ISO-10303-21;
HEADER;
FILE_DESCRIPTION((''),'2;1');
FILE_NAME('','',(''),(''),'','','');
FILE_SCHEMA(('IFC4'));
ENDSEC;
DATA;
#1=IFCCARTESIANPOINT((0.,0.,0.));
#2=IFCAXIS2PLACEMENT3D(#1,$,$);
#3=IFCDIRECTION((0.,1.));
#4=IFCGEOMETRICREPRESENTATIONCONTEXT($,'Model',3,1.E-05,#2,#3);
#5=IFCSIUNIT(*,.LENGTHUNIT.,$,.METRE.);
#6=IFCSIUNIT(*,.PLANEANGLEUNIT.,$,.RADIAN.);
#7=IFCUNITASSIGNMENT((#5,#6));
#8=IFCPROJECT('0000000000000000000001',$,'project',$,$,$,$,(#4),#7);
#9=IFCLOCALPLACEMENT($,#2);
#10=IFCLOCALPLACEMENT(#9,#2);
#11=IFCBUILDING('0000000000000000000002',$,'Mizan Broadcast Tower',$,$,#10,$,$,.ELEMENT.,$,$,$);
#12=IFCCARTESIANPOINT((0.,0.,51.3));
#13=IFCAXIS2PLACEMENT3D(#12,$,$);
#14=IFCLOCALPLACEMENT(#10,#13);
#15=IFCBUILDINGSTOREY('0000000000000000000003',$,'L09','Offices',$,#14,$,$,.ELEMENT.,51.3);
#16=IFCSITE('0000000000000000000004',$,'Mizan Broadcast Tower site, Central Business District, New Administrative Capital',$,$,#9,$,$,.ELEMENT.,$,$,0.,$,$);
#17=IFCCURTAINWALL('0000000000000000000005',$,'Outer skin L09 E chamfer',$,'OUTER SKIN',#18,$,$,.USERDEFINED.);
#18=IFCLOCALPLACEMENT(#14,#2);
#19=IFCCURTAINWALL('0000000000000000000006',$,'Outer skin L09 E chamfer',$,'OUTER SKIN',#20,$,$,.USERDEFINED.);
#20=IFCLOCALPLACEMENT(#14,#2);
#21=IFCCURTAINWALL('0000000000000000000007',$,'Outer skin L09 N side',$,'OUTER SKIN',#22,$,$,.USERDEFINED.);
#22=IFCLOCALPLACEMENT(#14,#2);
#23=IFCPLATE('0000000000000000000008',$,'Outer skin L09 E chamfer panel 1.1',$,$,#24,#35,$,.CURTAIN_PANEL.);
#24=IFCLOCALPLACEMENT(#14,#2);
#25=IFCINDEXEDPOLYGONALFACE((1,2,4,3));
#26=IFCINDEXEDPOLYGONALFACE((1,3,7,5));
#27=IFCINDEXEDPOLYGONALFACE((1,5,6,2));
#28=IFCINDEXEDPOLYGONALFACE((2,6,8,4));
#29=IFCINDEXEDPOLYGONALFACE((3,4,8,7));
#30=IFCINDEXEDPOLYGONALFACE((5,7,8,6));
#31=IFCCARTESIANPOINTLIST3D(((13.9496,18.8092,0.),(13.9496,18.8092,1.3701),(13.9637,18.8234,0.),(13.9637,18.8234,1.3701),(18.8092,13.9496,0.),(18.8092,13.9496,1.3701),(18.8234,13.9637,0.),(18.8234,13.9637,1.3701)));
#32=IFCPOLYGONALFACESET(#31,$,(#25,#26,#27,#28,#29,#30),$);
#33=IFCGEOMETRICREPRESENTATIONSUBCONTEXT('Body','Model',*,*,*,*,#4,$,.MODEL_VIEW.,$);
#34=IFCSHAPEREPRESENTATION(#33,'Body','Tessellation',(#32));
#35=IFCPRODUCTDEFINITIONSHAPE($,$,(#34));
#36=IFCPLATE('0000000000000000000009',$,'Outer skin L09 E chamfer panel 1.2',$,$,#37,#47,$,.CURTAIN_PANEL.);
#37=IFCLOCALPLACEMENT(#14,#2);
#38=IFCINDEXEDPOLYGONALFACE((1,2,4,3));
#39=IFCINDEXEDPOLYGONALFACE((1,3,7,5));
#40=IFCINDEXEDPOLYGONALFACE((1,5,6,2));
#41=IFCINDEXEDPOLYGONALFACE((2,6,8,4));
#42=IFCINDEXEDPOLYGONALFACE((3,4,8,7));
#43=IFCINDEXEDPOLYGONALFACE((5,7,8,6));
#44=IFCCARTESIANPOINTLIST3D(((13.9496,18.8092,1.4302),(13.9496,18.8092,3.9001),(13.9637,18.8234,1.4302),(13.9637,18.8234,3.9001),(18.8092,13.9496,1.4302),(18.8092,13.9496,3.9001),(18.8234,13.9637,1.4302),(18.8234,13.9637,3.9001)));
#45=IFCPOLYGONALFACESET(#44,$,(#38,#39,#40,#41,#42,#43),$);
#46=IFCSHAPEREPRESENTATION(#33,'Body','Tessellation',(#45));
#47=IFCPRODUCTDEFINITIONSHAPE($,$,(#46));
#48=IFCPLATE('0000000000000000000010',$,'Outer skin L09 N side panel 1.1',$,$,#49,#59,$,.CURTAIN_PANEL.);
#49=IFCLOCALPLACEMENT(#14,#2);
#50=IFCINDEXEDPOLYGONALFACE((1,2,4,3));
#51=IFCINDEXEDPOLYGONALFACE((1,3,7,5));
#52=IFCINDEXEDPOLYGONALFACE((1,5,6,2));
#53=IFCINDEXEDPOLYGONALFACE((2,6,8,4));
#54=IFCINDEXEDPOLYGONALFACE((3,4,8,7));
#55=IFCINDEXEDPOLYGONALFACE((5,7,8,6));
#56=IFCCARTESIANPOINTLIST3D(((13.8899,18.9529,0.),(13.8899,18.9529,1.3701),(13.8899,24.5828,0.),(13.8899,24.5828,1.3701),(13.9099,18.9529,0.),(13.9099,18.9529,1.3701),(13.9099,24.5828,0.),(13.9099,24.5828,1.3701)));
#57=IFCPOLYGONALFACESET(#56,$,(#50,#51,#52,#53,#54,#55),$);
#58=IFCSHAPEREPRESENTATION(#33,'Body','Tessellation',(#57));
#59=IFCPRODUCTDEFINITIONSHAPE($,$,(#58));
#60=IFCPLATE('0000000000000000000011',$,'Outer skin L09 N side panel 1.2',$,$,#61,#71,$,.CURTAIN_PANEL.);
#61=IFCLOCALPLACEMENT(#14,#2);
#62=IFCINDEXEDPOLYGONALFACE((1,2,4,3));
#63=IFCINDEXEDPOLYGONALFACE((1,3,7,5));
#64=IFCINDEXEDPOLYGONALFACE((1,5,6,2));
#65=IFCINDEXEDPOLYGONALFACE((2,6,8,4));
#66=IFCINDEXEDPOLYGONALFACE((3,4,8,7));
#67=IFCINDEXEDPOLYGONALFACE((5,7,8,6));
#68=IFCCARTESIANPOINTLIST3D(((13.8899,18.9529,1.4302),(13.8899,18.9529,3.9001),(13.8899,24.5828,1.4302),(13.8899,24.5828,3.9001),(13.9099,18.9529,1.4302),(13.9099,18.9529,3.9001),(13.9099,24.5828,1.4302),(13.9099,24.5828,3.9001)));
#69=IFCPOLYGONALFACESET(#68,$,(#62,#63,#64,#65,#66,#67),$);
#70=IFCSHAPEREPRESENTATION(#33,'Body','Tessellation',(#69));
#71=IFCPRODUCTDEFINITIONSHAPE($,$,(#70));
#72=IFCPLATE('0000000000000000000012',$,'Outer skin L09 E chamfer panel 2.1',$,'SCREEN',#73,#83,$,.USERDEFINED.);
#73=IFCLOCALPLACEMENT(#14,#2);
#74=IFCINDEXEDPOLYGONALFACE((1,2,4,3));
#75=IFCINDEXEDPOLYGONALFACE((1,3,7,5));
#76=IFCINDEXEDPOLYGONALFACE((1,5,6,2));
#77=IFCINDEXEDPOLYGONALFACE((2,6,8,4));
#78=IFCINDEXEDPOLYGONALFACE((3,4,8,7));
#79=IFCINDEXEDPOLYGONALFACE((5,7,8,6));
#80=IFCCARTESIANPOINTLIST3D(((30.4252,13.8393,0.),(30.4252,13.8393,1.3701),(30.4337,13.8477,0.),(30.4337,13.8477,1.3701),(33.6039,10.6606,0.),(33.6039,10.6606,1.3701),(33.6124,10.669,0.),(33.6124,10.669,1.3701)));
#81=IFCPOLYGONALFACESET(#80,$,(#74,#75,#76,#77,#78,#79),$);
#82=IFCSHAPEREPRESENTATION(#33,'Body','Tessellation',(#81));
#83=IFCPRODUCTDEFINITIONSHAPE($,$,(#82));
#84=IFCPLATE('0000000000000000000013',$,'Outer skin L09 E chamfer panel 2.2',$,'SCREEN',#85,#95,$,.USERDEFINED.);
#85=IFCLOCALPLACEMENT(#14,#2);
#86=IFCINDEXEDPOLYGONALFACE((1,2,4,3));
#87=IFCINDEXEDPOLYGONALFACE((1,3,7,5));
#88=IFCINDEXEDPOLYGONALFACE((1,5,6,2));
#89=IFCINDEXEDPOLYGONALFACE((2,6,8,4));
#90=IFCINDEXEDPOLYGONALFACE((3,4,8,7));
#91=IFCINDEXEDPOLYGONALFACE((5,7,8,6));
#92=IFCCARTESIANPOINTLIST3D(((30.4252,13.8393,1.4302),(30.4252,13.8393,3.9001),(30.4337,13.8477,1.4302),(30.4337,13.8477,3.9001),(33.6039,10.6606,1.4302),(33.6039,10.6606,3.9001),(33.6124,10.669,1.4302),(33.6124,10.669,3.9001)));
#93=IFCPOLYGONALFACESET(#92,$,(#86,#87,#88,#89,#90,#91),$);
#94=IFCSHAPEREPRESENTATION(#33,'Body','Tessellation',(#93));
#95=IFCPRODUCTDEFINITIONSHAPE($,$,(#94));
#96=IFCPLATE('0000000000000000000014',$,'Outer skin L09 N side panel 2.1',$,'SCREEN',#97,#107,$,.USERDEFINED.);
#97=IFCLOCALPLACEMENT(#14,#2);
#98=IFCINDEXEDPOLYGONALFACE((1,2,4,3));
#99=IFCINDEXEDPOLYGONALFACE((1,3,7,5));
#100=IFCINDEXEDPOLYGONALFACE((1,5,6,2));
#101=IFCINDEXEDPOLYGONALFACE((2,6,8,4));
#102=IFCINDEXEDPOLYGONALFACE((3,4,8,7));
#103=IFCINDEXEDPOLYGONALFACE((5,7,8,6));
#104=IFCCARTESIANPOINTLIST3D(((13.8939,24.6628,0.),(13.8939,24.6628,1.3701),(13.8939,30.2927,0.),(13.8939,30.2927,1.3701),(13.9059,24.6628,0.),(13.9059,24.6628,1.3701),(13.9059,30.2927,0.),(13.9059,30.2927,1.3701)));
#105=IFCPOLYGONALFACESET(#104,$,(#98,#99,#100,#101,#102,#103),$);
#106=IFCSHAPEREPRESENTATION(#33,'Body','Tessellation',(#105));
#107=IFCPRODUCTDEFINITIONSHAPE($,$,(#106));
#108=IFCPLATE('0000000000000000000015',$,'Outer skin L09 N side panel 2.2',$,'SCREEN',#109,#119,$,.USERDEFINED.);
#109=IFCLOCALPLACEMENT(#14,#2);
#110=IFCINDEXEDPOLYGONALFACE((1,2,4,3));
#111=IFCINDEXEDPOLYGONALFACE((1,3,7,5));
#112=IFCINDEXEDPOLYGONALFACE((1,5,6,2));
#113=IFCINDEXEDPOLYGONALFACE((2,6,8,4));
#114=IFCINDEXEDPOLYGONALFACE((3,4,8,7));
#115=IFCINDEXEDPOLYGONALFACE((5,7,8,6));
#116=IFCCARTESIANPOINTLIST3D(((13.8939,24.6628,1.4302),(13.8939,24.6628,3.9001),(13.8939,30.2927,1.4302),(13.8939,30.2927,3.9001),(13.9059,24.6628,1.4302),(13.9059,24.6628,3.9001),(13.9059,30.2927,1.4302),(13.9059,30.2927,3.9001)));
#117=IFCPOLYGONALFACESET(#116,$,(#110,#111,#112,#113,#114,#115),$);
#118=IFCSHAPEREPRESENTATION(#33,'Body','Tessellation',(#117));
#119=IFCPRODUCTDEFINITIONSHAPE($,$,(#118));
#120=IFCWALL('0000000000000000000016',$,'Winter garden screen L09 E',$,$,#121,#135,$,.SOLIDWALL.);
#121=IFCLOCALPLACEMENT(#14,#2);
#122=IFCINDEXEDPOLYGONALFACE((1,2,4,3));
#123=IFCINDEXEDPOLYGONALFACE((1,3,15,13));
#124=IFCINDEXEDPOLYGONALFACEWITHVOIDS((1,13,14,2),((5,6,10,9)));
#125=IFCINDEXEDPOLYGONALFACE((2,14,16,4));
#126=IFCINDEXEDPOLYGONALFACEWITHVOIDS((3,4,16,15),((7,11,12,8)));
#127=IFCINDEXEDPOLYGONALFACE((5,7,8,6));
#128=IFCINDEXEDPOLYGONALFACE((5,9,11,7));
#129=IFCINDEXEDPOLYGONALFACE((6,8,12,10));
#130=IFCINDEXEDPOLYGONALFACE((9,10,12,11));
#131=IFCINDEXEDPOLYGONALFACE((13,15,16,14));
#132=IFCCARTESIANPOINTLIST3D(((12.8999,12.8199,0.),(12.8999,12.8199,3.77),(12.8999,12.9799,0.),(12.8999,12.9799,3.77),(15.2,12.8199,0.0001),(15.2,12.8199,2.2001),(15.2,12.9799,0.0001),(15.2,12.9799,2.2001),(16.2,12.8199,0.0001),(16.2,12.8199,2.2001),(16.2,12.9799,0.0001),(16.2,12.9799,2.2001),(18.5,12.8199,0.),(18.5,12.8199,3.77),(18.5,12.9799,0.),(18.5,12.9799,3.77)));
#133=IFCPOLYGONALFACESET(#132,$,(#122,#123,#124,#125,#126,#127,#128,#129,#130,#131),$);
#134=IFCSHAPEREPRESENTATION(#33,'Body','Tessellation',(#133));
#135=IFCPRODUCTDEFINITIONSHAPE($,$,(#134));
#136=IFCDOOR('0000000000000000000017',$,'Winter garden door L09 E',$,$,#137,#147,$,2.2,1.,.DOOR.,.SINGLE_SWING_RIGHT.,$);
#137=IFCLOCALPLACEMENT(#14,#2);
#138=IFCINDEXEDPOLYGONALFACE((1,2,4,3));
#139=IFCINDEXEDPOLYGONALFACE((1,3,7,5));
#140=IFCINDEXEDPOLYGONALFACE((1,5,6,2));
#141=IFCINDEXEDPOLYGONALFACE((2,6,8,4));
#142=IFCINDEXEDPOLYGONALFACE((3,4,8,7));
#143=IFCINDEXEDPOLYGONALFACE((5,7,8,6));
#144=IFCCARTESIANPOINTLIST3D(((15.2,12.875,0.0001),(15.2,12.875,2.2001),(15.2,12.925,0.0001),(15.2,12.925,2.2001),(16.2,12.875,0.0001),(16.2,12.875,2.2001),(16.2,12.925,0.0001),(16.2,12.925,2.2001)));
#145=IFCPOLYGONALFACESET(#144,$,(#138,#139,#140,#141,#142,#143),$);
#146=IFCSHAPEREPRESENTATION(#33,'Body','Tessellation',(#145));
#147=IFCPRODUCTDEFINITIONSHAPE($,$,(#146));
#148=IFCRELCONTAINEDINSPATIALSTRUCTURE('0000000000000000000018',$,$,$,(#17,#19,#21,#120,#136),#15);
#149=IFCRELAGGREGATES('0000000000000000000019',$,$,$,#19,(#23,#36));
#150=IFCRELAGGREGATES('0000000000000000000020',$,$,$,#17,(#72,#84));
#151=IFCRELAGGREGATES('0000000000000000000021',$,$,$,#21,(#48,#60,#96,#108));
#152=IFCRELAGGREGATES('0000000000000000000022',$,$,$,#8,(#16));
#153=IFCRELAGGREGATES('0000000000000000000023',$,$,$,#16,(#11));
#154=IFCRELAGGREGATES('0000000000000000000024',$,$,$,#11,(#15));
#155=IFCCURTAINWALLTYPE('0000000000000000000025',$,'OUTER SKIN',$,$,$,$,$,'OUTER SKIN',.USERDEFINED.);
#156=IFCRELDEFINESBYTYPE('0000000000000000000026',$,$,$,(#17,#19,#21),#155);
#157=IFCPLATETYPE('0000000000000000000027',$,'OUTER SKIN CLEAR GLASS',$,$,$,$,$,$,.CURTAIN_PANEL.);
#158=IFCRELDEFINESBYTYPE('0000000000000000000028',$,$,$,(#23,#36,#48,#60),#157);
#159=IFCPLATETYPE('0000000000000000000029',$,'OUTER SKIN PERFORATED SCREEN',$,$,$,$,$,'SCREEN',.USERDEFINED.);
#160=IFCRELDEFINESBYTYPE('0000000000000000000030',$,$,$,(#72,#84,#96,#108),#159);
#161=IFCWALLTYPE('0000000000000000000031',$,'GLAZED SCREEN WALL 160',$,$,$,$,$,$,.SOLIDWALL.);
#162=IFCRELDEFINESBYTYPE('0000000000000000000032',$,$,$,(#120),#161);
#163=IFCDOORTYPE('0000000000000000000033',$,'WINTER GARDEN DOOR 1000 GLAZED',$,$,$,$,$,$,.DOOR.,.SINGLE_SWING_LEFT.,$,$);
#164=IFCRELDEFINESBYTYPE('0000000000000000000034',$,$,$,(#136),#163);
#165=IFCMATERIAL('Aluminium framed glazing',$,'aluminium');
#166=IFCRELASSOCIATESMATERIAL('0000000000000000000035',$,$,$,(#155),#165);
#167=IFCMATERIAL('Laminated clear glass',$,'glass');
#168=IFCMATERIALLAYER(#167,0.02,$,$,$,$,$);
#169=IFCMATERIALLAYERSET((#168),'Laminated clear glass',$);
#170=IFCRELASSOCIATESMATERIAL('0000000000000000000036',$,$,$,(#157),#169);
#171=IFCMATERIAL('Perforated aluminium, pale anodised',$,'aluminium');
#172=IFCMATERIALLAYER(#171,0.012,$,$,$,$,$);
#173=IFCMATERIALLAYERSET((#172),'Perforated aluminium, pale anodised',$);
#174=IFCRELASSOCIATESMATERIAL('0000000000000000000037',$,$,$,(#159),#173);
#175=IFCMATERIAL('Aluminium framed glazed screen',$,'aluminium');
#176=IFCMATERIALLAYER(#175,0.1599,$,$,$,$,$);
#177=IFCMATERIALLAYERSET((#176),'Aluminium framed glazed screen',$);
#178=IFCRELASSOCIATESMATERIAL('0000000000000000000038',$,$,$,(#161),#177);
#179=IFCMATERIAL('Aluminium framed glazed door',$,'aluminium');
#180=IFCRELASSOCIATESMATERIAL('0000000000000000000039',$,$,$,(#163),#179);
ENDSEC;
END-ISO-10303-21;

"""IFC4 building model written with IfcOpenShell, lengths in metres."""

from ifc_helpers import new_model, si_unit, direction, frame, frame_2d, origin, origin_2d, place, context, subcontext, project, spatial, rectangle, extrude, material, layer, layer_set, type_object, element, fill, aggregate, save


model = new_model("IFC4")

# Units and contexts
model_context = context("Model", 3, precision=1e-05, world=origin(), true_north=direction((0.0, 1.0)))
body_context = subcontext(model_context, "Body", "Model", "MODEL_VIEW")
ifc_project = project(units=[si_unit("LENGTHUNIT", "METRE"), si_unit("PLANEANGLEUNIT", "RADIAN")], contexts=[model_context])

# Site, building, storey
site_placement = place(None, origin())
site = spatial("IfcSite", under=ifc_project, at=site_placement, Name="Mizan Broadcast Tower site, Central Business District, New Administrative Capital", CompositionType="ELEMENT", RefElevation=0.0)
building_placement = place(site_placement, origin())
building = spatial("IfcBuilding", under=site, at=building_placement, Name="Mizan Broadcast Tower", CompositionType="ELEMENT")
storey_placement = place(building_placement, frame((0.0, 0.0, 51.3)))
storey = spatial("IfcBuildingStorey", under=building, at=storey_placement, Name="L09", Description="Offices", CompositionType="ELEMENT", Elevation=51.3)

# Curtain wall
ifc_material_1 = material(Name="Aluminium framed glazing", Category="aluminium")
curtain_wall_type_1 = type_object("IfcCurtainWallType", Name="OUTER SKIN", ElementType="OUTER SKIN", PredefinedType="USERDEFINED", material=ifc_material_1)
curtain_wall_1_placement = place(storey_placement, origin())
curtain_wall_1 = element("IfcCurtainWall", 1, at=curtain_wall_1_placement, inside=storey, type_object=curtain_wall_type_1, Name="Outer skin L09 E chamfer", ObjectType="OUTER SKIN", PredefinedType="USERDEFINED")

# Curtain wall
curtain_wall_2_placement = place(storey_placement, origin())
curtain_wall_2 = element("IfcCurtainWall", 2, at=curtain_wall_2_placement, inside=storey, type_object=curtain_wall_type_1, Name="Outer skin L09 E chamfer", ObjectType="OUTER SKIN", PredefinedType="USERDEFINED")

# Curtain wall
curtain_wall_3_placement = place(storey_placement, origin())
curtain_wall_3 = element("IfcCurtainWall", 3, at=curtain_wall_3_placement, inside=storey, type_object=curtain_wall_type_1, Name="Outer skin L09 N side", ObjectType="OUTER SKIN", PredefinedType="USERDEFINED")

# Plates
ifc_material_2 = material(Name="Laminated clear glass", Category="glass")
ifc_layer_1 = layer(ifc_material_2, 0.02)
ifc_layer_set_1 = layer_set([ifc_layer_1], Name="Laminated clear glass")
plate_type_1 = type_object("IfcPlateType", Name="OUTER SKIN CLEAR GLASS", PredefinedType="CURTAIN_PANEL", material=ifc_layer_set_1)
plate_1_placement = place(storey_placement, frame((16.3865, 16.3865, 0.0), z_axis=(0.0, 0.0, 1.0), x_axis=(-0.707107, 0.707107, 0.0)))
plate_1 = element("IfcPlate", 4, at=plate_1_placement, type_object=plate_type_1, Name="Outer skin L09 E chamfer panel 1.1", PredefinedType="CURTAIN_PANEL", context=body_context, shape_type="SweptSolid", body=[
    extrude(rectangle(XDim=6.8726, YDim=0.02, at=origin_2d()), origin(), (0.0, 0.0, 1.0), 1.3701),
])
plate_2_placement = place(storey_placement, frame((16.3865, 16.3865, 1.4302), z_axis=(0.0, 0.0, 1.0), x_axis=(-0.707107, 0.707107, 0.0)))
plate_2 = element("IfcPlate", 5, at=plate_2_placement, type_object=plate_type_1, Name="Outer skin L09 E chamfer panel 1.2", PredefinedType="CURTAIN_PANEL", context=body_context, shape_type="SweptSolid", body=[
    extrude(rectangle(XDim=6.8726, YDim=0.02, at=origin_2d()), origin(), (0.0, 0.0, 1.0), 2.47),
])
aggregate(curtain_wall_2, [plate_1, plate_2])
plate_3_placement = place(storey_placement, frame((13.8999, 21.7678, 0.0), z_axis=(0.0, 0.0, 1.0), x_axis=(0.0, 1.0, 0.0)))
plate_3 = element("IfcPlate", 6, at=plate_3_placement, type_object=plate_type_1, Name="Outer skin L09 N side panel 1.1", PredefinedType="CURTAIN_PANEL", context=body_context, shape_type="SweptSolid", body=[
    extrude(rectangle(XDim=5.6299, YDim=0.02, at=origin_2d()), origin(), (0.0, 0.0, 1.0), 1.3701),
])
plate_4_placement = place(storey_placement, frame((13.8999, 21.7678, 1.4302), z_axis=(0.0, 0.0, 1.0), x_axis=(0.0, 1.0, 0.0)))
plate_4 = element("IfcPlate", 7, at=plate_4_placement, type_object=plate_type_1, Name="Outer skin L09 N side panel 1.2", PredefinedType="CURTAIN_PANEL", context=body_context, shape_type="SweptSolid", body=[
    extrude(rectangle(XDim=5.6299, YDim=0.02, at=origin_2d()), origin(), (0.0, 0.0, 1.0), 2.47),
])
ifc_material_3 = material(Name="Perforated aluminium, pale anodised", Category="aluminium")
ifc_layer_2 = layer(ifc_material_3, 0.012)
ifc_layer_set_2 = layer_set([ifc_layer_2], Name="Perforated aluminium, pale anodised")
plate_type_2 = type_object("IfcPlateType", Name="OUTER SKIN PERFORATED SCREEN", ElementType="SCREEN", PredefinedType="USERDEFINED", material=ifc_layer_set_2)
plate_5_placement = place(storey_placement, frame((32.0188, 12.2542, 0.0), z_axis=(0.0, 0.0, 1.0), x_axis=(-0.707107, 0.707107, 0.0)))
plate_5 = element("IfcPlate", 8, at=plate_5_placement, type_object=plate_type_2, Name="Outer skin L09 E chamfer panel 2.1", ObjectType="SCREEN", PredefinedType="USERDEFINED", context=body_context, shape_type="SweptSolid", body=[
    extrude(rectangle(XDim=4.4954, YDim=0.012, at=origin_2d()), origin(), (0.0, 0.0, 1.0), 1.3701),
])
plate_6_placement = place(storey_placement, frame((32.0188, 12.2542, 1.4302), z_axis=(0.0, 0.0, 1.0), x_axis=(-0.707107, 0.707107, 0.0)))
plate_6 = element("IfcPlate", 9, at=plate_6_placement, type_object=plate_type_2, Name="Outer skin L09 E chamfer panel 2.2", ObjectType="SCREEN", PredefinedType="USERDEFINED", context=body_context, shape_type="SweptSolid", body=[
    extrude(rectangle(XDim=4.4954, YDim=0.012, at=origin_2d()), origin(), (0.0, 0.0, 1.0), 2.47),
])
aggregate(curtain_wall_1, [plate_5, plate_6])
plate_7_placement = place(storey_placement, frame((13.8999, 27.4778, 0.0), z_axis=(0.0, 0.0, 1.0), x_axis=(0.0, 1.0, 0.0)))
plate_7 = element("IfcPlate", 10, at=plate_7_placement, type_object=plate_type_2, Name="Outer skin L09 N side panel 2.1", ObjectType="SCREEN", PredefinedType="USERDEFINED", context=body_context, shape_type="SweptSolid", body=[
    extrude(rectangle(XDim=5.6299, YDim=0.012, at=origin_2d()), origin(), (0.0, 0.0, 1.0), 1.3701),
])
plate_8_placement = place(storey_placement, frame((13.8999, 27.4778, 1.4302), z_axis=(0.0, 0.0, 1.0), x_axis=(0.0, 1.0, 0.0)))
plate_8 = element("IfcPlate", 11, at=plate_8_placement, type_object=plate_type_2, Name="Outer skin L09 N side panel 2.2", ObjectType="SCREEN", PredefinedType="USERDEFINED", context=body_context, shape_type="SweptSolid", body=[
    extrude(rectangle(XDim=5.6299, YDim=0.012, at=origin_2d()), origin(), (0.0, 0.0, 1.0), 2.47),
])
aggregate(curtain_wall_3, [plate_3, plate_4, plate_7, plate_8])

# Wall, opening, door
ifc_material_4 = material(Name="Aluminium framed glazed screen", Category="aluminium")
ifc_layer_3 = layer(ifc_material_4, 0.1599)
ifc_layer_set_3 = layer_set([ifc_layer_3], Name="Aluminium framed glazed screen")
wall_type = type_object("IfcWallType", Name="GLAZED SCREEN WALL 160", PredefinedType="SOLIDWALL", material=ifc_layer_set_3)
wall_placement = place(storey_placement, frame((18.5, 12.8999, 0.0), z_axis=(0.0, 0.0, 1.0), x_axis=(-1.0, 0.0, 0.0)))
wall = element("IfcWall", 12, at=wall_placement, inside=storey, type_object=wall_type, Name="Winter garden screen L09 E", PredefinedType="SOLIDWALL", context=body_context, shape_type="SweptSolid", body=[
    extrude(rectangle(XDim=5.6001, YDim=0.1599, at=frame_2d((2.8, 0.0))), origin(), (0.0, 0.0, 1.0), 3.77),
])
opening_placement = place(wall_placement, frame((2.3, 0.0, 0.0)))
opening = element("IfcOpeningElement", 13, at=opening_placement, cuts=wall, PredefinedType="OPENING", context=body_context, shape_type="SweptSolid", body=[
    extrude(rectangle(XDim=1.0, YDim=2.2, at=frame_2d((0.5, 1.1001))), frame((0.0, 0.0898, 0.0), z_axis=(0.0, -1.0, 0.0), x_axis=(1.0, 0.0, 0.0)), (0.0, 0.0, 1.0), 0.1799),
])
ifc_material_5 = material(Name="Aluminium framed glazed door", Category="aluminium")
door_type = type_object("IfcDoorType", Name="WINTER GARDEN DOOR 1000 GLAZED", OperationType="SINGLE_SWING_LEFT", PredefinedType="DOOR", material=ifc_material_5)
door_placement = place(opening_placement, origin())
door = element("IfcDoor", 14, at=door_placement, inside=storey, type_object=door_type, Name="Winter garden door L09 E", OperationType="SINGLE_SWING_RIGHT", OverallHeight=2.2, OverallWidth=1.0, PredefinedType="DOOR", context=body_context, shape_type="SweptSolid", body=[
    extrude(rectangle(XDim=1.0, YDim=2.2, at=frame_2d((0.5, 1.1001))), frame((0.0, 0.0249, 0.0), z_axis=(0.0, -1.0, 0.0), x_axis=(1.0, 0.0, 0.0)), (0.0, 0.0, 1.0), 0.05),
])
fill(opening, door)

save(model, "model.ifc")
